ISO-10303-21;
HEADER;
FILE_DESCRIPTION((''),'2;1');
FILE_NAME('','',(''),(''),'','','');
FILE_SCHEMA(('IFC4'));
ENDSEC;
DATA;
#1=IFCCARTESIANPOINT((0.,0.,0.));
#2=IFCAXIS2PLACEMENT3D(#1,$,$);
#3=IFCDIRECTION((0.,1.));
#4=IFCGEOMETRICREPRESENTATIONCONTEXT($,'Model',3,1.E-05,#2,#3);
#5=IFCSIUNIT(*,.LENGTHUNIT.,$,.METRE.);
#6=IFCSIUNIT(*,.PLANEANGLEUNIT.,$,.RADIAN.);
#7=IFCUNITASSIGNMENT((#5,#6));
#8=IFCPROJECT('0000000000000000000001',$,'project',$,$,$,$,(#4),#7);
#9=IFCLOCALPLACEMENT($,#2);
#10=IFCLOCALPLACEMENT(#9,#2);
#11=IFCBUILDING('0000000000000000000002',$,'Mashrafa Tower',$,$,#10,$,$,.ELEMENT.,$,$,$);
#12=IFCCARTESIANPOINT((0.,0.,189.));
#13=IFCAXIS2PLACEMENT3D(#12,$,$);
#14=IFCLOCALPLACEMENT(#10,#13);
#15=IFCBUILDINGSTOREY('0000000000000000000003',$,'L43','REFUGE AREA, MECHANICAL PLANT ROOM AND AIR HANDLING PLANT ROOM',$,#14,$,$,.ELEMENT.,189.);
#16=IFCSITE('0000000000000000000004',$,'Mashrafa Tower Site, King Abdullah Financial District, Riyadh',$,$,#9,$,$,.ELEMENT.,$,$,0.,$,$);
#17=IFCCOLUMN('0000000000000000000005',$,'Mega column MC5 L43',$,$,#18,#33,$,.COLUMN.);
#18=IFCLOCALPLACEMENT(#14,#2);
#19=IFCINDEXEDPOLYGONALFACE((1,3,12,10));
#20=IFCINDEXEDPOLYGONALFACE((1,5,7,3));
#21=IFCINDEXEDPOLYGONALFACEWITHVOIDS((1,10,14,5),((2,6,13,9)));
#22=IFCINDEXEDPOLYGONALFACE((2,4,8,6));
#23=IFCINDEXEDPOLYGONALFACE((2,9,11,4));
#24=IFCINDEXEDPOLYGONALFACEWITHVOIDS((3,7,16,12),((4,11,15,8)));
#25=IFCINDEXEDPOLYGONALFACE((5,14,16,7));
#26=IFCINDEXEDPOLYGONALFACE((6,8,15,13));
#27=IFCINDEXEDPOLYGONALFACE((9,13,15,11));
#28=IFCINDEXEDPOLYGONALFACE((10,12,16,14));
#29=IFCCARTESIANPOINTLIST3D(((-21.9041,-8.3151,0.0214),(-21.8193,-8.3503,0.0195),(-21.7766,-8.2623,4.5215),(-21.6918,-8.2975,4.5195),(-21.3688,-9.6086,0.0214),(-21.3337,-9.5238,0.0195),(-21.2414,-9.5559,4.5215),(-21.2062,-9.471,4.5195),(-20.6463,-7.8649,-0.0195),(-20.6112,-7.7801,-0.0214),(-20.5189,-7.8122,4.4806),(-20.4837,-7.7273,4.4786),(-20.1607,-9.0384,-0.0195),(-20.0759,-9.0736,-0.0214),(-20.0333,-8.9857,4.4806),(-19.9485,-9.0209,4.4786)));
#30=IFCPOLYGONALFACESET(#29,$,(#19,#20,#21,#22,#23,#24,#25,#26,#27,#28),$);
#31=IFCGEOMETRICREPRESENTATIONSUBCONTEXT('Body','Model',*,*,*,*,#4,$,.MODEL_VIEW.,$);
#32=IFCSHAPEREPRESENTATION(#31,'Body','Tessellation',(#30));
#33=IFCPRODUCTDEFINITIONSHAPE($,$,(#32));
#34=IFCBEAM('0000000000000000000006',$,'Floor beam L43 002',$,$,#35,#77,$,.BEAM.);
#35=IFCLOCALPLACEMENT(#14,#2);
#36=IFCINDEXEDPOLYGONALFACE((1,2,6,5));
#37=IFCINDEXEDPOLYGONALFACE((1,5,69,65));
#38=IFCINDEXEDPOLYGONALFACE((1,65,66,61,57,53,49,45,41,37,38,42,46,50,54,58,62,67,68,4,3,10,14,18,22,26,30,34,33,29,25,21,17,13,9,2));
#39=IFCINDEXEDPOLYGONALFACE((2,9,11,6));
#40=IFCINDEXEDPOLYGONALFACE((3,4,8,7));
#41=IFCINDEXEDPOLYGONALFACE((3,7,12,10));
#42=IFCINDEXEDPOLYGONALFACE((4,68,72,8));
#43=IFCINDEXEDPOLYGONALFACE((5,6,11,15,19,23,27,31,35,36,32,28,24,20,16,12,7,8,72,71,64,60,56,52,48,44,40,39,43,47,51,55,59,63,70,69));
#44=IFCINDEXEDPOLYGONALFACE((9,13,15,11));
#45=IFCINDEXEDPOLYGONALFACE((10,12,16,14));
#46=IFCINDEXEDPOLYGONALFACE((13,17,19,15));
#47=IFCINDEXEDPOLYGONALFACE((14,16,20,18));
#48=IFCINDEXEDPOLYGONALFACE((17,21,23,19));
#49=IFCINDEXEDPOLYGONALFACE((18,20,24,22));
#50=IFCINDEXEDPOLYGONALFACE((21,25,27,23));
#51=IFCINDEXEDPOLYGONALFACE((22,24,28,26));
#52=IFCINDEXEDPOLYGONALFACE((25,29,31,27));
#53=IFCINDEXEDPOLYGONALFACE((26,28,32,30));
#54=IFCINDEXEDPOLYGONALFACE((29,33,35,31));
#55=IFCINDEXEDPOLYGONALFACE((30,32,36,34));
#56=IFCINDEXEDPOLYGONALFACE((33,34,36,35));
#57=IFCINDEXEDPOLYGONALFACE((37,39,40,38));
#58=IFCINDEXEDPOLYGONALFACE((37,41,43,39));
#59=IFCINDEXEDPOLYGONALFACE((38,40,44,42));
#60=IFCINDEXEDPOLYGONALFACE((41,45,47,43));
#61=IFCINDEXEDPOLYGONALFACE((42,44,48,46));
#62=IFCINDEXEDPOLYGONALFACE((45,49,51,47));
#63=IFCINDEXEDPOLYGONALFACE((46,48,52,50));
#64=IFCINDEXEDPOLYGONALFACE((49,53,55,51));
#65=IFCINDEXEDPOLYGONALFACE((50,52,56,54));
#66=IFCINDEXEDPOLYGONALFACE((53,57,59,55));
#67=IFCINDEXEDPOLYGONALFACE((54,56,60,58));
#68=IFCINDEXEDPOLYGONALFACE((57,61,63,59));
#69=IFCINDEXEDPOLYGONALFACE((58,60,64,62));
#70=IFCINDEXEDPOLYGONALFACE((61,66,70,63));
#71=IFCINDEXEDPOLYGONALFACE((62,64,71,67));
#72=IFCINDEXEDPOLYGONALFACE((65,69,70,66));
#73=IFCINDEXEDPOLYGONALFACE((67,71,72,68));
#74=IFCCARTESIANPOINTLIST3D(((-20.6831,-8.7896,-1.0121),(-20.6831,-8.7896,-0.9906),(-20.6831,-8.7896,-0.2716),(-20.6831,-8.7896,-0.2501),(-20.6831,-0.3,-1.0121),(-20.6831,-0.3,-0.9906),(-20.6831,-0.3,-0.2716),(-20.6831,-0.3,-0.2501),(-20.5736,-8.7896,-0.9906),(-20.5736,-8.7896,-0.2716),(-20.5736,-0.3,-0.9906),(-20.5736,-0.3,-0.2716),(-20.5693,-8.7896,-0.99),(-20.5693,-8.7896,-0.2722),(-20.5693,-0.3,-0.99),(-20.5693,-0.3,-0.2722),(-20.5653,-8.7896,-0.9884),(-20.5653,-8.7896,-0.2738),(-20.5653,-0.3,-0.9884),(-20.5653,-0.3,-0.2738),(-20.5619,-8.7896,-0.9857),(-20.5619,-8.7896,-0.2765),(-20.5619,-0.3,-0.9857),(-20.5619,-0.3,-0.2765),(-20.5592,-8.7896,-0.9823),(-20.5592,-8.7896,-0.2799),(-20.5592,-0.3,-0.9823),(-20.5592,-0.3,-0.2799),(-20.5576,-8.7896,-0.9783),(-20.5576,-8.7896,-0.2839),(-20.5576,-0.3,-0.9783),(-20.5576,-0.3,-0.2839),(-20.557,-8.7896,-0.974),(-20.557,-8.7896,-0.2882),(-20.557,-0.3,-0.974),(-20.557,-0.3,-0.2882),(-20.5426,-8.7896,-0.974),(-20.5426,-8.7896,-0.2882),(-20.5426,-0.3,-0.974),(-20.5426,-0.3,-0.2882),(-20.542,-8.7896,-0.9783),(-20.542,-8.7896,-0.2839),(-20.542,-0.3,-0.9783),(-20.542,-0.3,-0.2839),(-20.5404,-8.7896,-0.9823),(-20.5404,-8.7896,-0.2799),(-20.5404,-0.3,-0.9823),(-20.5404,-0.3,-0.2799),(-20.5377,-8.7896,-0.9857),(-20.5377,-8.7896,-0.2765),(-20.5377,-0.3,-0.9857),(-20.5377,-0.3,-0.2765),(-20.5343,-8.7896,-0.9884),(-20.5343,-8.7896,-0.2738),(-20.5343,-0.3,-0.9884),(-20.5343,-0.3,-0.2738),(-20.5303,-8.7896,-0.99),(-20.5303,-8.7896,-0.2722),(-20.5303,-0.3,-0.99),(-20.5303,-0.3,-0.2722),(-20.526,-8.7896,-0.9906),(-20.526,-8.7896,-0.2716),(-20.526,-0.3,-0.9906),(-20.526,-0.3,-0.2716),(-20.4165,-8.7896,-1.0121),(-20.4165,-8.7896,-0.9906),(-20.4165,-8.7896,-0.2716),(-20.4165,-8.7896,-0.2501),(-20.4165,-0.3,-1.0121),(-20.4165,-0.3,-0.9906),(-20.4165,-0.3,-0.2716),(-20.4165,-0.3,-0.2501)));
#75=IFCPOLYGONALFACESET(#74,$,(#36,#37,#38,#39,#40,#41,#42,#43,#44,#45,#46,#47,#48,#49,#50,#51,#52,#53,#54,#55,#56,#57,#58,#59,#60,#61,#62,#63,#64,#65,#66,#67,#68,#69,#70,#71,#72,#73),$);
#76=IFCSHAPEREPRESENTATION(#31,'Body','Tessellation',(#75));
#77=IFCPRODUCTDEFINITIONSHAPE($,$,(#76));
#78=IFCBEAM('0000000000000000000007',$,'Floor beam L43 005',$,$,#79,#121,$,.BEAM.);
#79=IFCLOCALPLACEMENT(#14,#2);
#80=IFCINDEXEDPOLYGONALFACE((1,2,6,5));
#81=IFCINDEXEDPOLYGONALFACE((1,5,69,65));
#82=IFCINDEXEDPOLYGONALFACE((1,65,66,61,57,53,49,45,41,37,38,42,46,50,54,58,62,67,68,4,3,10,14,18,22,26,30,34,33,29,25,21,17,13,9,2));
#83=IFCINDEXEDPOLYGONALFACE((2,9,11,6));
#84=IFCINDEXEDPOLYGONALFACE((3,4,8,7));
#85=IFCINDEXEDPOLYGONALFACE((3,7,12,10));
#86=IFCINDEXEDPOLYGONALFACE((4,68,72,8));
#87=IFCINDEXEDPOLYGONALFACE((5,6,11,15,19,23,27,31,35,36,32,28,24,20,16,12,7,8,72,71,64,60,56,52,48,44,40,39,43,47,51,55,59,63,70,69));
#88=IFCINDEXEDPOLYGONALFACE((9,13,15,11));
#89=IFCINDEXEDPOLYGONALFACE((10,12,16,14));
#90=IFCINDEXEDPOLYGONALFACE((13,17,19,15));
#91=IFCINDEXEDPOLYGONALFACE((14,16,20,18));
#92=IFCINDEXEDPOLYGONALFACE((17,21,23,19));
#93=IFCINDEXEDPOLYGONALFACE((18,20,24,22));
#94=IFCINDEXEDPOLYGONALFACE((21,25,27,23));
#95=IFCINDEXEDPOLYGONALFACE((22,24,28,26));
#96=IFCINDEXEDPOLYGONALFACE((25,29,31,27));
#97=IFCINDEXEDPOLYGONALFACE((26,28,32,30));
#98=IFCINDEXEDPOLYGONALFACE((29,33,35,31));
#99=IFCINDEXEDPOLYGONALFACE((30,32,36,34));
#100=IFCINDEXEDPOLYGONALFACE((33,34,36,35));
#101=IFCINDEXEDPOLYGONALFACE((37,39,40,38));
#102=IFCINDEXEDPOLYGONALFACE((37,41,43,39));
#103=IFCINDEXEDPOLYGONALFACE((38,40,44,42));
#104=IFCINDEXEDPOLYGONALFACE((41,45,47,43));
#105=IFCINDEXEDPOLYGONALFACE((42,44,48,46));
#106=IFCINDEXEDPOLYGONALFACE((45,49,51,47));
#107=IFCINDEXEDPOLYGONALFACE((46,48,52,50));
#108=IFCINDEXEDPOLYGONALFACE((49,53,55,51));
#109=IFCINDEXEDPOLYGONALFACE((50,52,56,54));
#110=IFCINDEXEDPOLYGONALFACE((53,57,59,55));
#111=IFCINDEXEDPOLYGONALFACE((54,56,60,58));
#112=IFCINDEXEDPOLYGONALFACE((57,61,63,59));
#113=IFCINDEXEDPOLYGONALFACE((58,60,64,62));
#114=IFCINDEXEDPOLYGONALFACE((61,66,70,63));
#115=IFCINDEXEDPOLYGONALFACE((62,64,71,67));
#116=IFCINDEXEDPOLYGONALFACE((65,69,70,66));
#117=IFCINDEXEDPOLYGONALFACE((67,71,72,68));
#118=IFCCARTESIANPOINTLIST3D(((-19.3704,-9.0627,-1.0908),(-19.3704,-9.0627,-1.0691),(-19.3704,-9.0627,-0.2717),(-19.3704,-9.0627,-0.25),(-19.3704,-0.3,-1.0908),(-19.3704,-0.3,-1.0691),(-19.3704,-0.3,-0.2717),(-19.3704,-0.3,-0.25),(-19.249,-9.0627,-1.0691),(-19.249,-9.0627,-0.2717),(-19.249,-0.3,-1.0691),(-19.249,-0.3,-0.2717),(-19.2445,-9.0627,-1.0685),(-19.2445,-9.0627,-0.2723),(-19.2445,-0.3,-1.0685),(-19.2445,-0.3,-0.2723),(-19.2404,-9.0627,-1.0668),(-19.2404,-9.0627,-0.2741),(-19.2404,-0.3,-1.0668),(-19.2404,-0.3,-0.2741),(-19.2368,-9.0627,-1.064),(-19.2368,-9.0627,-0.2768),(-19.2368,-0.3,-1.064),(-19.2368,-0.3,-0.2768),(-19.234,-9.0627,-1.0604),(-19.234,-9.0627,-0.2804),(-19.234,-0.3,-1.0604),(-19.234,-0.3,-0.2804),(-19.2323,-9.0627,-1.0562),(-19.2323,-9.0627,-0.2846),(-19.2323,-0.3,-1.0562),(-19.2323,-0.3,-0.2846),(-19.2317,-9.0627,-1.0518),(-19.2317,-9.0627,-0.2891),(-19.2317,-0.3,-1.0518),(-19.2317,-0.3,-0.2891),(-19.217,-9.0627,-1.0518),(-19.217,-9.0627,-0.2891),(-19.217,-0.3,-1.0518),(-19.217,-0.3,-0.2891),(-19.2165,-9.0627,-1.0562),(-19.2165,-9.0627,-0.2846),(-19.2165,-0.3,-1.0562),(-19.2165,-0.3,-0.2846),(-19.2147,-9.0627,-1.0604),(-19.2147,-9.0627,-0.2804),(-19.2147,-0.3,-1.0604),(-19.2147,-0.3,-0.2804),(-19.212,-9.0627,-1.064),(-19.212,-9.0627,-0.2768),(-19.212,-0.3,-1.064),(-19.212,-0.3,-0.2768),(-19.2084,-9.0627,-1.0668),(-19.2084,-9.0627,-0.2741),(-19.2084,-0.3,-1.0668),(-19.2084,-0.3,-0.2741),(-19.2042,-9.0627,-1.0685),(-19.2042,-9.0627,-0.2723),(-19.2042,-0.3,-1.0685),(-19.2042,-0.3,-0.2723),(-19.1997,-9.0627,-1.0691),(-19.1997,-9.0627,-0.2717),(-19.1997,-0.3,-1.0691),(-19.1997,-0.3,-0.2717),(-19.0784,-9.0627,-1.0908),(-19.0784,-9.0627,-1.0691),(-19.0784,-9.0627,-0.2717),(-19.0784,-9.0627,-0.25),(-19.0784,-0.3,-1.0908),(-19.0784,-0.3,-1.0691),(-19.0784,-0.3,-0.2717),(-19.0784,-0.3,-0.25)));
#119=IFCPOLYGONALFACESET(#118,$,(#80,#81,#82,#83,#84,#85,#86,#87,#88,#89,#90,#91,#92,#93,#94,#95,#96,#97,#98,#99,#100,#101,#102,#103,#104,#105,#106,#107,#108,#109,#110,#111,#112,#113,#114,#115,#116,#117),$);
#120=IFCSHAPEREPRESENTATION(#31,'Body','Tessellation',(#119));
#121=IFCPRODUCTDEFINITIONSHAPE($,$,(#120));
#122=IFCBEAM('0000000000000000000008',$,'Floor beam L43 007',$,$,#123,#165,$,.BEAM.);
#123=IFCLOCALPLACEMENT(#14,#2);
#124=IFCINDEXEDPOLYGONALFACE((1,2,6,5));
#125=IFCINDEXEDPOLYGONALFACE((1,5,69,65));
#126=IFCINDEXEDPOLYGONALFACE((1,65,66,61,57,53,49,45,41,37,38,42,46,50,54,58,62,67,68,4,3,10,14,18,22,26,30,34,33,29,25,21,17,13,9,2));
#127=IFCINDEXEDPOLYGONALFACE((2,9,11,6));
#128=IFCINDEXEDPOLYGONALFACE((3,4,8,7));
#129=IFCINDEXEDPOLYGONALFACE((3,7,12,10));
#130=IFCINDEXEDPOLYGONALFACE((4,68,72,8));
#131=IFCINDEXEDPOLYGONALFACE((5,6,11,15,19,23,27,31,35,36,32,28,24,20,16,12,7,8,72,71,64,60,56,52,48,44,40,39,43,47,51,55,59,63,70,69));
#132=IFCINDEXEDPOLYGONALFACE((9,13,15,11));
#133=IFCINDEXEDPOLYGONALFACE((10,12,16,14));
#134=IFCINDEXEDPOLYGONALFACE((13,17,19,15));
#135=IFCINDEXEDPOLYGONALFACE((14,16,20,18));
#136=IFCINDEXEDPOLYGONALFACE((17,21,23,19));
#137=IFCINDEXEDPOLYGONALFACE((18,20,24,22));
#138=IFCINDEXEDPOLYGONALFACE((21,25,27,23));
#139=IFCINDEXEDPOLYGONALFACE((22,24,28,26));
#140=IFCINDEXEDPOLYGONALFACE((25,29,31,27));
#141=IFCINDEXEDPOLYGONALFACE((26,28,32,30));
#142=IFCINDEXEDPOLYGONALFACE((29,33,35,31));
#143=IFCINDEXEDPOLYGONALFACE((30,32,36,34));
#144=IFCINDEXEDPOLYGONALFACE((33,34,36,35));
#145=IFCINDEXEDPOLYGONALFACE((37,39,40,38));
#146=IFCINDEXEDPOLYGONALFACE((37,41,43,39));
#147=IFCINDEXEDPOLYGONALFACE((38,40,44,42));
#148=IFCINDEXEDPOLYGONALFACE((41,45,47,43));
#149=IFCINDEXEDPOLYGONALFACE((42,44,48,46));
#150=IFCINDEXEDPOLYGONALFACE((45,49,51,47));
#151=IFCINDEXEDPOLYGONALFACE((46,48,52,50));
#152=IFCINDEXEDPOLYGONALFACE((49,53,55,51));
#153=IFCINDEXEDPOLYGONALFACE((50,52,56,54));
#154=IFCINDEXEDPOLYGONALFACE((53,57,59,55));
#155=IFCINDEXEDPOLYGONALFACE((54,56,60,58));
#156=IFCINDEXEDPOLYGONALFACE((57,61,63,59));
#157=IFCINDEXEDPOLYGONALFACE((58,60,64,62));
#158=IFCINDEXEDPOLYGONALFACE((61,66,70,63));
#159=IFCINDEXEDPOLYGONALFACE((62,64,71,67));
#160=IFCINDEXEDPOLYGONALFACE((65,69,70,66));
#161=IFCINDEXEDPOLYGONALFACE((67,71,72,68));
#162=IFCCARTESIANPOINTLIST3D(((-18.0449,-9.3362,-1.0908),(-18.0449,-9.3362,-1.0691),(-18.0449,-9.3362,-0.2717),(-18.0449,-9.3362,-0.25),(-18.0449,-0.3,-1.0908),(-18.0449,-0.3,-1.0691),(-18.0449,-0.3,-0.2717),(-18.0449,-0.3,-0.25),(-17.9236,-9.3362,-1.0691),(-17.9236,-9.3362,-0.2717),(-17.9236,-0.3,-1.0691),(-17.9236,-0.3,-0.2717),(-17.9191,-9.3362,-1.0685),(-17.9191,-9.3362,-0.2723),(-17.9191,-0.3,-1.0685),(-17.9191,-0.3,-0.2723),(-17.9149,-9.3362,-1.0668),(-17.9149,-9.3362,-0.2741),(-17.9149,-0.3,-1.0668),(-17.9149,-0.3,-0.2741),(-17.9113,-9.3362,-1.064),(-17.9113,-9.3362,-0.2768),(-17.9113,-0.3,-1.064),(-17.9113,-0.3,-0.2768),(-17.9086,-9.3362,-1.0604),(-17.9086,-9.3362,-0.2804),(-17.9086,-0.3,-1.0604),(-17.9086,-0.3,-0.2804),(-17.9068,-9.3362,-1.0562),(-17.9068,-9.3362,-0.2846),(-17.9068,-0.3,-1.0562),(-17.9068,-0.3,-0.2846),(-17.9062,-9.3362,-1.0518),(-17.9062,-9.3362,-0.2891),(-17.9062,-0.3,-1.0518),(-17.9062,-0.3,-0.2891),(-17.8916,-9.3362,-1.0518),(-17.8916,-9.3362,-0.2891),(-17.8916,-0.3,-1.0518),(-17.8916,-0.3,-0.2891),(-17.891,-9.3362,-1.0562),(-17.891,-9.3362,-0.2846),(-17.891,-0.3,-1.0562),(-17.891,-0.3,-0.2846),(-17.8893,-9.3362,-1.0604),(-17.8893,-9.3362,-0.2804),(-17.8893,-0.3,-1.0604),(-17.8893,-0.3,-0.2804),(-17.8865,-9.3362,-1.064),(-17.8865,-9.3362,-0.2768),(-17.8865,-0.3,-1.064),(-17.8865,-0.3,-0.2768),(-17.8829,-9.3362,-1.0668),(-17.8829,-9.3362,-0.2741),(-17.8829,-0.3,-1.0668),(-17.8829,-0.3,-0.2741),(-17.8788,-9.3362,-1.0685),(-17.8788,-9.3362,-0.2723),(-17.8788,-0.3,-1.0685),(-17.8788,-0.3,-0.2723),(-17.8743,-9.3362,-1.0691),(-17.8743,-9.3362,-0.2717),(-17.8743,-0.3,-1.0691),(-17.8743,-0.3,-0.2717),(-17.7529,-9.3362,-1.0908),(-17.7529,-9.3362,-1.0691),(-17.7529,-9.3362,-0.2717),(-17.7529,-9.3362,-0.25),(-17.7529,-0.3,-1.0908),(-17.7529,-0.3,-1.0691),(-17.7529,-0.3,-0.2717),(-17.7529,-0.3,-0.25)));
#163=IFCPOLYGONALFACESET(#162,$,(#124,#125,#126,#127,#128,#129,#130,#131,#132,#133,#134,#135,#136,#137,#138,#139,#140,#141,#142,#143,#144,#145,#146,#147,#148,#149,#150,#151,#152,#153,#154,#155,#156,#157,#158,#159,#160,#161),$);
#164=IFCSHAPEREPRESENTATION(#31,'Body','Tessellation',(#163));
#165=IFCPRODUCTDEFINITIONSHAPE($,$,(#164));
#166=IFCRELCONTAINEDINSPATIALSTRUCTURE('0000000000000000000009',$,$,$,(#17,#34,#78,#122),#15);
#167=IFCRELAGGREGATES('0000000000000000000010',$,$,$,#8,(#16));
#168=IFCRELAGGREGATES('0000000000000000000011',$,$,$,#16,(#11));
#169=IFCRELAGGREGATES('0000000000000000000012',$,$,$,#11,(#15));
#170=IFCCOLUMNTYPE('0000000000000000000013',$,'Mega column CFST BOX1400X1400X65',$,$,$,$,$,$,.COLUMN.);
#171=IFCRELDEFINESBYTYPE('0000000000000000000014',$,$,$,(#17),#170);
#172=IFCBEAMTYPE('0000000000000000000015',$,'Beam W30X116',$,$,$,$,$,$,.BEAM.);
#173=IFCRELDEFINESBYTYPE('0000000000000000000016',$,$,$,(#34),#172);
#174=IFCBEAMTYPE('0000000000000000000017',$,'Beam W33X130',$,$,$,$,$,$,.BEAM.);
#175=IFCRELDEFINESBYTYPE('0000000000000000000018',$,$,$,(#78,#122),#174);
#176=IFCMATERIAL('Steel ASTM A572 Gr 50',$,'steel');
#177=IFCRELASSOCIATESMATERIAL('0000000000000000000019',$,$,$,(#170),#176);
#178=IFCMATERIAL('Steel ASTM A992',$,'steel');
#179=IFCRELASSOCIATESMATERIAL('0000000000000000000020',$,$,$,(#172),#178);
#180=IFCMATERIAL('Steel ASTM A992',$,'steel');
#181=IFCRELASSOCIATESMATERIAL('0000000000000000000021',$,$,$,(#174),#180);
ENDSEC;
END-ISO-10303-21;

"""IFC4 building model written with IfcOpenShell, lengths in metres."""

from ifc_helpers import new_model, si_unit, direction, frame, origin, origin_2d, place, context, subcontext, project, spatial, hollow_rectangle, i_section, extrude, material, material_profile, profile_set, type_object, element, save


model = new_model("IFC4")

# Units and contexts
model_context = context("Model", 3, precision=1e-05, world=origin(), true_north=direction((0.0, 1.0)))
body_context = subcontext(model_context, "Body", "Model", "MODEL_VIEW")
ifc_project = project(units=[si_unit("LENGTHUNIT", "METRE"), si_unit("PLANEANGLEUNIT", "RADIAN")], contexts=[model_context])

# Site, building, storey
site_placement = place(None, origin())
site = spatial("IfcSite", under=ifc_project, at=site_placement, Name="Mashrafa Tower Site, King Abdullah Financial District, Riyadh", CompositionType="ELEMENT", RefElevation=0.0)
building_placement = place(site_placement, origin())
building = spatial("IfcBuilding", under=site, at=building_placement, Name="Mashrafa Tower", CompositionType="ELEMENT")
storey_placement = place(building_placement, frame((0.0, 0.0, 189.0)))
storey = spatial("IfcBuildingStorey", under=building, at=storey_placement, Name="L43", Description="REFUGE AREA, MECHANICAL PLANT ROOM AND AIR HANDLING PLANT ROOM", CompositionType="ELEMENT", Elevation=189.0)

# Column
ifc_material_1 = material(Name="Steel ASTM A572 Gr 50", Category="steel")
ifc_material_profile_1 = material_profile(ifc_material_1, hollow_rectangle(XDim=1.3999, YDim=1.3999, WallThickness=0.0649, at=origin_2d()), Name="BOX1400X1400X65")
ifc_profile_set_1 = profile_set([ifc_material_profile_1], Name="Steel ASTM A572 Gr 50")
column_type = type_object("IfcColumnType", Name="Mega column CFST BOX1400X1400X65", PredefinedType="COLUMN", material=ifc_profile_set_1)
column_placement = place(storey_placement, frame((-20.99, -8.6943, 0.0), z_axis=(0.028307, 0.011713, 0.999531), x_axis=(-0.382352, 0.924017, 0.0)))
element("IfcColumn", 1, at=column_placement, inside=storey, type_object=column_type, Name="Mega column MC5 L43", PredefinedType="COLUMN", context=body_context, shape_type="SweptSolid", body=[
    extrude(hollow_rectangle(XDim=1.3999, YDim=1.3999, WallThickness=0.0649, at=origin_2d()), origin(), (0.0, 0.0, 1.0), 4.5022),
])

# Beams
ifc_material_2 = material(Name="Steel ASTM A992", Category="steel")
ifc_material_profile_2 = material_profile(ifc_material_2, i_section(OverallWidth=0.2666, OverallDepth=0.762, WebThickness=0.0144, FlangeThickness=0.0215, FilletRadius=0.0166, at=origin_2d()), Name="W30X116")
ifc_profile_set_2 = profile_set([ifc_material_profile_2], Name="Steel ASTM A992")
beam_type_1 = type_object("IfcBeamType", Name="Beam W30X116", PredefinedType="BEAM", material=ifc_profile_set_2)
beam_1_placement = place(storey_placement, frame((-20.5498, -8.7896, -0.6311), z_axis=(0.0, 1.0, 0.0), x_axis=(-1.0, 0.0, 0.0)))
element("IfcBeam", 2, at=beam_1_placement, inside=storey, type_object=beam_type_1, Name="Floor beam L43 002", PredefinedType="BEAM", context=body_context, shape_type="SweptSolid", body=[
    extrude(i_section(OverallWidth=0.2666, OverallDepth=0.762, WebThickness=0.0144, FlangeThickness=0.0215, FilletRadius=0.0166, at=origin_2d()), origin(), (0.0, 0.0, 1.0), 8.4895),
])
ifc_material_3 = material(Name="Steel ASTM A992", Category="steel")
ifc_material_profile_3 = material_profile(ifc_material_3, i_section(OverallWidth=0.292, OverallDepth=0.8408, WebThickness=0.0146, FlangeThickness=0.0217, FilletRadius=0.0173, at=origin_2d()), Name="W33X130")
ifc_profile_set_3 = profile_set([ifc_material_profile_3], Name="Steel ASTM A992")
beam_type_2 = type_object("IfcBeamType", Name="Beam W33X130", PredefinedType="BEAM", material=ifc_profile_set_3)
beam_2_placement = place(storey_placement, frame((-19.2244, -9.0627, -0.6704), z_axis=(0.0, 1.0, 0.0), x_axis=(-1.0, 0.0, 0.0)))
element("IfcBeam", 3, at=beam_2_placement, inside=storey, type_object=beam_type_2, Name="Floor beam L43 005", PredefinedType="BEAM", context=body_context, shape_type="SweptSolid", body=[
    extrude(i_section(OverallWidth=0.292, OverallDepth=0.8408, WebThickness=0.0146, FlangeThickness=0.0217, FilletRadius=0.0173, at=origin_2d()), origin(), (0.0, 0.0, 1.0), 8.7627),
])
beam_3_placement = place(storey_placement, frame((-17.8989, -9.3362, -0.6704), z_axis=(0.0, 1.0, 0.0), x_axis=(-1.0, 0.0, 0.0)))
element("IfcBeam", 4, at=beam_3_placement, inside=storey, type_object=beam_type_2, Name="Floor beam L43 007", PredefinedType="BEAM", context=body_context, shape_type="SweptSolid", body=[
    extrude(i_section(OverallWidth=0.292, OverallDepth=0.8408, WebThickness=0.0146, FlangeThickness=0.0217, FilletRadius=0.0173, at=origin_2d()), origin(), (0.0, 0.0, 1.0), 9.0361),
])

save(model, "model.ifc")
